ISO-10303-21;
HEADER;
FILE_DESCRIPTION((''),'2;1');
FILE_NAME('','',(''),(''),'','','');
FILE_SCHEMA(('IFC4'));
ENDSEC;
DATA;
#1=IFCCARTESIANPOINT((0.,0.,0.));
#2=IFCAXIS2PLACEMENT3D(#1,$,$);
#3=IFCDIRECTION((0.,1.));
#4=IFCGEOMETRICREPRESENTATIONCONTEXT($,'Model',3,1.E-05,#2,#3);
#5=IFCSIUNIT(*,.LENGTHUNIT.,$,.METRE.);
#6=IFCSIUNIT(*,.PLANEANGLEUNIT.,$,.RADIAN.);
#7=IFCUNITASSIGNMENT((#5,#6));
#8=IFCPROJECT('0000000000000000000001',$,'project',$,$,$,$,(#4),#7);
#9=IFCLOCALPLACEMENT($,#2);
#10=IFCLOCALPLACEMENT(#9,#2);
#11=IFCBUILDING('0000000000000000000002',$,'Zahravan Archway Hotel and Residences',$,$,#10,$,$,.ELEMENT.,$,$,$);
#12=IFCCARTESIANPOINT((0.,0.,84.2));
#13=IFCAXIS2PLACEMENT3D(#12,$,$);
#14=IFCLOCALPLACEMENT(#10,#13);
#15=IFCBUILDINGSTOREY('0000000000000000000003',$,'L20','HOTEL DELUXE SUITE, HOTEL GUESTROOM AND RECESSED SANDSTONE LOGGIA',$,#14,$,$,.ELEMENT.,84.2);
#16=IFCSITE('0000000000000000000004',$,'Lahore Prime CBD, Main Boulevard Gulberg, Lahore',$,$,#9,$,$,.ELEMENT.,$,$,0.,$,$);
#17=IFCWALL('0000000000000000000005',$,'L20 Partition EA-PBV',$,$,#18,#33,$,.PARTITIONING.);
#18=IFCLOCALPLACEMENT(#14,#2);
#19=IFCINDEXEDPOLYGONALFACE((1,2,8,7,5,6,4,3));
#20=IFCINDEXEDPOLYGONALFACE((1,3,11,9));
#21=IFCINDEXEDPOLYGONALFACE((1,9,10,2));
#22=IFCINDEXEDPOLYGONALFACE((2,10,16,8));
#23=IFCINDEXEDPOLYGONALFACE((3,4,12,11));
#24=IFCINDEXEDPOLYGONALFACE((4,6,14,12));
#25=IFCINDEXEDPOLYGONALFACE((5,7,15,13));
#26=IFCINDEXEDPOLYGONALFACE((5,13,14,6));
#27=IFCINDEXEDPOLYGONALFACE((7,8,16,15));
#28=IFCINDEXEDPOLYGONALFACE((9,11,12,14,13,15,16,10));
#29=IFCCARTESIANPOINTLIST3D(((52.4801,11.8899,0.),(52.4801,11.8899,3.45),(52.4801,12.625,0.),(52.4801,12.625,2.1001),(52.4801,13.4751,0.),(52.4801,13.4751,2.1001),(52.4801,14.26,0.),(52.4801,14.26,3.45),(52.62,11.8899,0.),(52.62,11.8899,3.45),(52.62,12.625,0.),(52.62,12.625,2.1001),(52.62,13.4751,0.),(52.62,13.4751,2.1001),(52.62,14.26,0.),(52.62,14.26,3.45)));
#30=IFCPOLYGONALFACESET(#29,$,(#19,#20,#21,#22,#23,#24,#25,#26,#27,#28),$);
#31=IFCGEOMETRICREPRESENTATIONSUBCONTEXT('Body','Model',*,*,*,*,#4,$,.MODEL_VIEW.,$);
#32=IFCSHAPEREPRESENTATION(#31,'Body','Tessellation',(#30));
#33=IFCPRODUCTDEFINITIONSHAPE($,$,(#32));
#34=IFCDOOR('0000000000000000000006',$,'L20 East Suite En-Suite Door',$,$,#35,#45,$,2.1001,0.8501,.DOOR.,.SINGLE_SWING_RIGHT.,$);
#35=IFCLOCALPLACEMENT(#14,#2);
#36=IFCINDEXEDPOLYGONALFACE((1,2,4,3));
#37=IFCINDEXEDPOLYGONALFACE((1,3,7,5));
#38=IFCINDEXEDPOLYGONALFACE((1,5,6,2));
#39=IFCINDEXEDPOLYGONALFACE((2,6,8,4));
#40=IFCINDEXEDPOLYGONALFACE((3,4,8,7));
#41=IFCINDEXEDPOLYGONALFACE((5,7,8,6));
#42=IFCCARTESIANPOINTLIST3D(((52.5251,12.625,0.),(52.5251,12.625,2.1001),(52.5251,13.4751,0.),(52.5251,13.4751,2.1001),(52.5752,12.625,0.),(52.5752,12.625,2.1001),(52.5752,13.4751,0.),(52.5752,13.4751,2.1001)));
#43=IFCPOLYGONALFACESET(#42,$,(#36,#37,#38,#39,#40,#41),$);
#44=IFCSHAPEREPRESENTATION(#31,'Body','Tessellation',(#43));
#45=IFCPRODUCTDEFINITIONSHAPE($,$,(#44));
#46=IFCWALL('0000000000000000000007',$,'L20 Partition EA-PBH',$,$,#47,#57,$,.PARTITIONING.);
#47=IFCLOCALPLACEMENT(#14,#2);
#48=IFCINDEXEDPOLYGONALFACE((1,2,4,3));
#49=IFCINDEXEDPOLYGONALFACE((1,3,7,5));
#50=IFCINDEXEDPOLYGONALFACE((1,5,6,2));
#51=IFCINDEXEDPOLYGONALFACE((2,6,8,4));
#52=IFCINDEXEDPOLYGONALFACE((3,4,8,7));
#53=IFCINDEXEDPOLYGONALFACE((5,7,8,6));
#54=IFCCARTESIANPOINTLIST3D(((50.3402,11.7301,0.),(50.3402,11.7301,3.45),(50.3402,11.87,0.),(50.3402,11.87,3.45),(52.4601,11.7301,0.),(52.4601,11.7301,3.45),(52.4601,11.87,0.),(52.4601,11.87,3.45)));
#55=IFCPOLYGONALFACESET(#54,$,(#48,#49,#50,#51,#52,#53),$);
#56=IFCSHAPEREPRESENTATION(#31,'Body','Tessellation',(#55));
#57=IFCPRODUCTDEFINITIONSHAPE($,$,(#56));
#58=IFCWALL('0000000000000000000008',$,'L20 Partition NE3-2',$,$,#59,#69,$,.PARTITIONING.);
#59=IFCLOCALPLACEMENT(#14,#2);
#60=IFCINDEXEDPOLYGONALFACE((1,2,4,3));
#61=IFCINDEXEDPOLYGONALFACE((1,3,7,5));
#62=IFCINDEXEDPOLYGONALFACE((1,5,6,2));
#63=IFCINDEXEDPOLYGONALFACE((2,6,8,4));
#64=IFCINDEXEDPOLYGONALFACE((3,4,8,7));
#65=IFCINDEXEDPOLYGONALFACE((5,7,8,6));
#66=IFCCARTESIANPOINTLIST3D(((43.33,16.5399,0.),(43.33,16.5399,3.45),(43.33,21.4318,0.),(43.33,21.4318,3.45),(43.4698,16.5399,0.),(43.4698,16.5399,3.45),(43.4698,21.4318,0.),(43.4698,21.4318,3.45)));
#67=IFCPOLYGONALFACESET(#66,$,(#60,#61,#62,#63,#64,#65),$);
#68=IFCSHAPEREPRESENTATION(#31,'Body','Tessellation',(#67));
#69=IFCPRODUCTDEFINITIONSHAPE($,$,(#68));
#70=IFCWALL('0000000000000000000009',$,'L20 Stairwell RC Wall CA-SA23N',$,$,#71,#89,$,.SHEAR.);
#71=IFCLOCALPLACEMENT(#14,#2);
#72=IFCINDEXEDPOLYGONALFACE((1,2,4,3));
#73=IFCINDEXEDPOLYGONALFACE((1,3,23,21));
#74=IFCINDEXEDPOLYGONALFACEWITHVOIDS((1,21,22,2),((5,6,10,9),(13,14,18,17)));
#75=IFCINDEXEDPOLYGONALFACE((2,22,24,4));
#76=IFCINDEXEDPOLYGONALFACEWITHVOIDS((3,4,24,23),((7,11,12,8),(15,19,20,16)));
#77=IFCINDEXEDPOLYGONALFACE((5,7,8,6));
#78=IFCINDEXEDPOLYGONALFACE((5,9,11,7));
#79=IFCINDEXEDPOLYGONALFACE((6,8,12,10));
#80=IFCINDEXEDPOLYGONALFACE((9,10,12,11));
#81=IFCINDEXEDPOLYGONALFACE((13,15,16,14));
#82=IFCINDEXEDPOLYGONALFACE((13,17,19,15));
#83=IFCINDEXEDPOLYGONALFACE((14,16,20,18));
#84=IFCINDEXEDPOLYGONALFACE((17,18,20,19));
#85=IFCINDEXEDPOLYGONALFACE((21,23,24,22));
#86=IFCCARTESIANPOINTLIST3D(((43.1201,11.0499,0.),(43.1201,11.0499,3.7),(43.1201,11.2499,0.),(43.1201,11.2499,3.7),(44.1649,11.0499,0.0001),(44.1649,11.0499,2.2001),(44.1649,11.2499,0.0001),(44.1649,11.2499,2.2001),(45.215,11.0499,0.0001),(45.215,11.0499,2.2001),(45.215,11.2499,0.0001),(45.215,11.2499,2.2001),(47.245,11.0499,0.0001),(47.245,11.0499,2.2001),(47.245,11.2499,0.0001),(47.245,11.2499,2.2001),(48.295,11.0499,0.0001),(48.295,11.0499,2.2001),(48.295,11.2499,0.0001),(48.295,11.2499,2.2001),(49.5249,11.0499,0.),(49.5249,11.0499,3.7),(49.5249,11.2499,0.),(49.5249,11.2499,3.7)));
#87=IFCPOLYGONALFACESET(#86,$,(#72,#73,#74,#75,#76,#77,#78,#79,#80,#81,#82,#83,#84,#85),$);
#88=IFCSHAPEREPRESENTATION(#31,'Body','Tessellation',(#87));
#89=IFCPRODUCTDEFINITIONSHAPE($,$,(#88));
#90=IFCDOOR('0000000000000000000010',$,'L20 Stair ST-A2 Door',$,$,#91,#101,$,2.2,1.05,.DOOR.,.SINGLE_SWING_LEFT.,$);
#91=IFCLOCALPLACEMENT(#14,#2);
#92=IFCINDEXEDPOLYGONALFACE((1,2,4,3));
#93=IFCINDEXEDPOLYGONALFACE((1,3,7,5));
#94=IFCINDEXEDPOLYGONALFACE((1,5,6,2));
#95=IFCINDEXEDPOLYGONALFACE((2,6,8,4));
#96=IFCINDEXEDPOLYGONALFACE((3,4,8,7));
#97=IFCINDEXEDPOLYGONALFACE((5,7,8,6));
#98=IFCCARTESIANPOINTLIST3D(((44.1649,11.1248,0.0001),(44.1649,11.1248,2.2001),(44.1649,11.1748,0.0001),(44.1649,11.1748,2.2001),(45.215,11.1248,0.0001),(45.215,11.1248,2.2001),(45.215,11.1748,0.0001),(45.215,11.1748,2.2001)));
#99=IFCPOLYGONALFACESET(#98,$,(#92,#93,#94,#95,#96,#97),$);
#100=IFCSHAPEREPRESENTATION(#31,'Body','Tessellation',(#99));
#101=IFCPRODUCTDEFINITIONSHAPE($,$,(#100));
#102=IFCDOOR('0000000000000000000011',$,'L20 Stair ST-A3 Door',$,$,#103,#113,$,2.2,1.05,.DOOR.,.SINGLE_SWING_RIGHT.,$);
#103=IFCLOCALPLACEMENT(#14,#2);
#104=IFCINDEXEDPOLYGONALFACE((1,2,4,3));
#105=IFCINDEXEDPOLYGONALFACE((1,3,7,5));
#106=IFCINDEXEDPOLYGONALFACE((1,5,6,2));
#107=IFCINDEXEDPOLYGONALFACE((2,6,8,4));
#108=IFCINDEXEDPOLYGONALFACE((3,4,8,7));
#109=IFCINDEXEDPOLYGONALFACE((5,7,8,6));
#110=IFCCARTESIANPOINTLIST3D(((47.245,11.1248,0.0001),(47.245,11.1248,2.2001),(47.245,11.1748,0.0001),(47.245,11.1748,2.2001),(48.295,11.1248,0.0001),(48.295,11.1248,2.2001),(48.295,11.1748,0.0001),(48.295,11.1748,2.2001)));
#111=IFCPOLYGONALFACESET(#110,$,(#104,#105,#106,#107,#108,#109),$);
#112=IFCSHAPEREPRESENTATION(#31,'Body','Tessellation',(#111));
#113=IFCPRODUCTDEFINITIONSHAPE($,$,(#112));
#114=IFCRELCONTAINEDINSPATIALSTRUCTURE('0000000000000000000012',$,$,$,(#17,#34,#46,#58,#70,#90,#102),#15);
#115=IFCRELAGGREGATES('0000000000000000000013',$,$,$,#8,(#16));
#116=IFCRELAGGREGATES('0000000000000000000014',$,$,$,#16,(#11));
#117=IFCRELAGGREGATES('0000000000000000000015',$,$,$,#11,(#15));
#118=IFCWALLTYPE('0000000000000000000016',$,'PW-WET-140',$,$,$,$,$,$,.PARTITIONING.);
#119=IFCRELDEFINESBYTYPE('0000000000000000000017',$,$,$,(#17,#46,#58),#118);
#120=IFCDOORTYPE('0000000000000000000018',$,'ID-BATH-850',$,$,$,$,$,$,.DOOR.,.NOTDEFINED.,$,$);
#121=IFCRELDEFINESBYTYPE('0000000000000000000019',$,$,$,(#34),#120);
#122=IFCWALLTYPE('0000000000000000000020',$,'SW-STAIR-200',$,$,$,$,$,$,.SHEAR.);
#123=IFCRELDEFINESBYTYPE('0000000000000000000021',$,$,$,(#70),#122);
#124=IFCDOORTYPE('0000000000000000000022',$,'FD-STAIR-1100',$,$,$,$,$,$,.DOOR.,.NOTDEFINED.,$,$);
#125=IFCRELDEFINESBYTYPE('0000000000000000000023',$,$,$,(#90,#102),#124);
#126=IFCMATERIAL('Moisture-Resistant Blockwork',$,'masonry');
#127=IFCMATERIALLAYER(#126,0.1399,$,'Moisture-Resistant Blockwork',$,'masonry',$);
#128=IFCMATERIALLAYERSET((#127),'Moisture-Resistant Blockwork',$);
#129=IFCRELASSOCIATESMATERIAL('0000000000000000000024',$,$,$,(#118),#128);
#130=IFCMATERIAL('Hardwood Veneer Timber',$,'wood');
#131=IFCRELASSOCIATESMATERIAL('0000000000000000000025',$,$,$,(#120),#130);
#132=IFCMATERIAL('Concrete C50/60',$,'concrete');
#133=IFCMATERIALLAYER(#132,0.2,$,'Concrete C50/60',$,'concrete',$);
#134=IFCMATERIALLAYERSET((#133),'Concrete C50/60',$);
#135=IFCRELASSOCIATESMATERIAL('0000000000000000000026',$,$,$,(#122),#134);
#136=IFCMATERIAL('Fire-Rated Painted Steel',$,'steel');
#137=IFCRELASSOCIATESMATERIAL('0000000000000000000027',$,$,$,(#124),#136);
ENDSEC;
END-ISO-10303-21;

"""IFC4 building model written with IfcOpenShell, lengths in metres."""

from ifc_helpers import new_model, si_unit, direction, frame, frame_2d, origin, place, context, subcontext, project, spatial, rectangle, extrude, source, transform, mapped, material, layer, layer_set, type_object, type_shapes, element, fill, save


model = new_model("IFC4")

# Units and contexts
model_context = context("Model", 3, precision=1e-05, world=origin(), true_north=direction((0.0, 1.0)))
body_context = subcontext(model_context, "Body", "Model", "MODEL_VIEW")
ifc_project = project(units=[si_unit("LENGTHUNIT", "METRE"), si_unit("PLANEANGLEUNIT", "RADIAN")], contexts=[model_context])

# Site, building, storey
site_placement = place(None, origin())
site = spatial("IfcSite", under=ifc_project, at=site_placement, Name="Lahore Prime CBD, Main Boulevard Gulberg, Lahore", CompositionType="ELEMENT", RefElevation=0.0)
building_placement = place(site_placement, origin())
building = spatial("IfcBuilding", under=site, at=building_placement, Name="Zahravan Archway Hotel and Residences", CompositionType="ELEMENT")
storey_placement = place(building_placement, frame((0.0, 0.0, 84.2)))
storey = spatial("IfcBuildingStorey", under=building, at=storey_placement, Name="L20", Description="HOTEL DELUXE SUITE, HOTEL GUESTROOM AND RECESSED SANDSTONE LOGGIA", CompositionType="ELEMENT", Elevation=84.2)

# Wall, opening, door
ifc_material_1 = material(Name="Fire-Rated Painted Steel", Category="steel")
ifc_material_2 = material(Name="Hardwood Veneer Timber", Category="wood")
ifc_material_3 = material(Name="Moisture-Resistant Blockwork", Category="masonry")
ifc_layer_1 = layer(ifc_material_3, 0.1399, Name="Moisture-Resistant Blockwork", Category="masonry")
ifc_layer_set_1 = layer_set([ifc_layer_1], Name="Moisture-Resistant Blockwork")
wall_type_1 = type_object("IfcWallType", Name="PW-WET-140", PredefinedType="PARTITIONING", material=ifc_layer_set_1)
wall_1_placement = place(storey_placement, frame((52.55, 11.8899, 0.0), z_axis=(0.0, 0.0, 1.0), x_axis=(0.0, 1.0, 0.0)))
wall_1 = element("IfcWall", 1, at=wall_1_placement, inside=storey, type_object=wall_type_1, Name="L20 Partition EA-PBV", PredefinedType="PARTITIONING", context=body_context, shape_type="SweptSolid", body=[
    extrude(rectangle(XDim=2.3701, YDim=0.1399, at=frame_2d((1.1851, 0.0))), origin(), (0.0, 0.0, 1.0), 3.45),
])
opening_1_placement = place(wall_1_placement, frame((0.7351, 0.0, 0.0)))
opening_1 = element("IfcOpeningElement", 2, at=opening_1_placement, cuts=wall_1, PredefinedType="OPENING", context=body_context, shape_type="SweptSolid", body=[
    extrude(rectangle(XDim=0.8501, YDim=2.1001, at=frame_2d((0.425, 1.05))), frame((0.0, 0.0801, 0.0), z_axis=(0.0, -1.0, 0.0), x_axis=(1.0, 0.0, 0.0)), (0.0, 0.0, 1.0), 0.1599),
])
door_type_1 = type_object("IfcDoorType", Name="ID-BATH-850", OperationType="NOTDEFINED", PredefinedType="DOOR", material=ifc_material_2)
shared_shape_1 = source(origin(), body_context, "Body", "SweptSolid", [
    extrude(rectangle(XDim=0.8501, YDim=2.1001, at=frame_2d((0.425, 1.05))), frame((0.0, 0.0249, 0.0), z_axis=(0.0, -1.0, 0.0), x_axis=(1.0, 0.0, 0.0)), (0.0, 0.0, 1.0), 0.05),
])
type_shapes(door_type_1, [shared_shape_1])
door_1_placement = place(opening_1_placement, origin())
door_1 = element("IfcDoor", 3, at=door_1_placement, inside=storey, type_object=door_type_1, Name="L20 East Suite En-Suite Door", OperationType="SINGLE_SWING_RIGHT", OverallHeight=2.1001, OverallWidth=0.8501, PredefinedType="DOOR", context=body_context, shape_type="MappedRepresentation", body=[
    mapped(shared_shape_1, transform((0.0, 0.0, 0.0), scale=1.0)),
])
fill(opening_1, door_1)

# Walls
wall_2_placement = place(storey_placement, frame((50.3401, 11.8, 0.0), z_axis=(0.0, 0.0, 1.0), x_axis=(1.0, 0.0, 0.0)))
element("IfcWall", 4, at=wall_2_placement, inside=storey, type_object=wall_type_1, Name="L20 Partition EA-PBH", PredefinedType="PARTITIONING", context=body_context, shape_type="SweptSolid", body=[
    extrude(rectangle(XDim=2.1199, YDim=0.1399, at=frame_2d((1.0601, 0.0))), origin(), (0.0, 0.0, 1.0), 3.45),
])
wall_3_placement = place(storey_placement, frame((43.3999, 16.54, 0.0), z_axis=(0.0, 0.0, 1.0), x_axis=(0.0, 1.0, 0.0)))
element("IfcWall", 5, at=wall_3_placement, inside=storey, type_object=wall_type_1, Name="L20 Partition NE3-2", PredefinedType="PARTITIONING", context=body_context, shape_type="SweptSolid", body=[
    extrude(rectangle(XDim=4.8918, YDim=0.1399, at=frame_2d((2.4458, 0.0))), origin(), (0.0, 0.0, 1.0), 3.45),
])

# Wall, openings, doors
ifc_material_4 = material(Name="Concrete C50/60", Category="concrete")
ifc_layer_2 = layer(ifc_material_4, 0.2, Name="Concrete C50/60", Category="concrete")
ifc_layer_set_2 = layer_set([ifc_layer_2], Name="Concrete C50/60")
wall_type_2 = type_object("IfcWallType", Name="SW-STAIR-200", PredefinedType="SHEAR", material=ifc_layer_set_2)
wall_4_placement = place(storey_placement, frame((43.1201, 11.1499, 0.0), z_axis=(0.0, 0.0, 1.0), x_axis=(1.0, 0.0, 0.0)))
wall_4 = element("IfcWall", 6, at=wall_4_placement, inside=storey, type_object=wall_type_2, Name="L20 Stairwell RC Wall CA-SA23N", PredefinedType="SHEAR", context=body_context, shape_type="SweptSolid", body=[
    extrude(rectangle(XDim=6.4048, YDim=0.2, at=frame_2d((3.2024, 0.0))), origin(), (0.0, 0.0, 1.0), 3.7),
])
opening_2_placement = place(wall_4_placement, frame((1.0449, 0.0, 0.0)))
opening_2 = element("IfcOpeningElement", 7, at=opening_2_placement, cuts=wall_4, PredefinedType="OPENING", context=body_context, shape_type="SweptSolid", body=[
    extrude(rectangle(XDim=1.05, YDim=2.2, at=frame_2d((0.5249, 1.1001))), frame((0.0, 0.1099, 0.0), z_axis=(0.0, -1.0, 0.0), x_axis=(1.0, 0.0, 0.0)), (0.0, 0.0, 1.0), 0.22),
])
opening_3_placement = place(wall_4_placement, frame((4.125, 0.0, 0.0)))
opening_3 = element("IfcOpeningElement", 8, at=opening_3_placement, cuts=wall_4, PredefinedType="OPENING", context=body_context, shape_type="SweptSolid", body=[
    extrude(rectangle(XDim=1.05, YDim=2.2, at=frame_2d((0.5249, 1.1001))), frame((0.0, 0.1099, 0.0), z_axis=(0.0, -1.0, 0.0), x_axis=(1.0, 0.0, 0.0)), (0.0, 0.0, 1.0), 0.22),
])
door_type_2 = type_object("IfcDoorType", Name="FD-STAIR-1100", OperationType="NOTDEFINED", PredefinedType="DOOR", material=ifc_material_1)
shared_shape_2 = source(origin(), body_context, "Body", "SweptSolid", [
    extrude(rectangle(XDim=1.05, YDim=2.2, at=frame_2d((0.5249, 1.1001))), frame((0.0, 0.0249, 0.0), z_axis=(0.0, -1.0, 0.0), x_axis=(1.0, 0.0, 0.0)), (0.0, 0.0, 1.0), 0.05),
])
type_shapes(door_type_2, [shared_shape_2])
door_2_placement = place(opening_2_placement, origin())
door_2 = element("IfcDoor", 9, at=door_2_placement, inside=storey, type_object=door_type_2, Name="L20 Stair ST-A2 Door", OperationType="SINGLE_SWING_LEFT", OverallHeight=2.2, OverallWidth=1.05, PredefinedType="DOOR", context=body_context, shape_type="MappedRepresentation", body=[
    mapped(shared_shape_2, transform((0.0, 0.0, 0.0), scale=1.0)),
])
fill(opening_2, door_2)
door_3_placement = place(opening_3_placement, origin())
door_3 = element("IfcDoor", 10, at=door_3_placement, inside=storey, type_object=door_type_2, Name="L20 Stair ST-A3 Door", OperationType="SINGLE_SWING_RIGHT", OverallHeight=2.2, OverallWidth=1.05, PredefinedType="DOOR", context=body_context, shape_type="MappedRepresentation", body=[
    mapped(shared_shape_2, transform((0.0, 0.0, 0.0), scale=1.0)),
])
fill(opening_3, door_3)

save(model, "model.ifc")
